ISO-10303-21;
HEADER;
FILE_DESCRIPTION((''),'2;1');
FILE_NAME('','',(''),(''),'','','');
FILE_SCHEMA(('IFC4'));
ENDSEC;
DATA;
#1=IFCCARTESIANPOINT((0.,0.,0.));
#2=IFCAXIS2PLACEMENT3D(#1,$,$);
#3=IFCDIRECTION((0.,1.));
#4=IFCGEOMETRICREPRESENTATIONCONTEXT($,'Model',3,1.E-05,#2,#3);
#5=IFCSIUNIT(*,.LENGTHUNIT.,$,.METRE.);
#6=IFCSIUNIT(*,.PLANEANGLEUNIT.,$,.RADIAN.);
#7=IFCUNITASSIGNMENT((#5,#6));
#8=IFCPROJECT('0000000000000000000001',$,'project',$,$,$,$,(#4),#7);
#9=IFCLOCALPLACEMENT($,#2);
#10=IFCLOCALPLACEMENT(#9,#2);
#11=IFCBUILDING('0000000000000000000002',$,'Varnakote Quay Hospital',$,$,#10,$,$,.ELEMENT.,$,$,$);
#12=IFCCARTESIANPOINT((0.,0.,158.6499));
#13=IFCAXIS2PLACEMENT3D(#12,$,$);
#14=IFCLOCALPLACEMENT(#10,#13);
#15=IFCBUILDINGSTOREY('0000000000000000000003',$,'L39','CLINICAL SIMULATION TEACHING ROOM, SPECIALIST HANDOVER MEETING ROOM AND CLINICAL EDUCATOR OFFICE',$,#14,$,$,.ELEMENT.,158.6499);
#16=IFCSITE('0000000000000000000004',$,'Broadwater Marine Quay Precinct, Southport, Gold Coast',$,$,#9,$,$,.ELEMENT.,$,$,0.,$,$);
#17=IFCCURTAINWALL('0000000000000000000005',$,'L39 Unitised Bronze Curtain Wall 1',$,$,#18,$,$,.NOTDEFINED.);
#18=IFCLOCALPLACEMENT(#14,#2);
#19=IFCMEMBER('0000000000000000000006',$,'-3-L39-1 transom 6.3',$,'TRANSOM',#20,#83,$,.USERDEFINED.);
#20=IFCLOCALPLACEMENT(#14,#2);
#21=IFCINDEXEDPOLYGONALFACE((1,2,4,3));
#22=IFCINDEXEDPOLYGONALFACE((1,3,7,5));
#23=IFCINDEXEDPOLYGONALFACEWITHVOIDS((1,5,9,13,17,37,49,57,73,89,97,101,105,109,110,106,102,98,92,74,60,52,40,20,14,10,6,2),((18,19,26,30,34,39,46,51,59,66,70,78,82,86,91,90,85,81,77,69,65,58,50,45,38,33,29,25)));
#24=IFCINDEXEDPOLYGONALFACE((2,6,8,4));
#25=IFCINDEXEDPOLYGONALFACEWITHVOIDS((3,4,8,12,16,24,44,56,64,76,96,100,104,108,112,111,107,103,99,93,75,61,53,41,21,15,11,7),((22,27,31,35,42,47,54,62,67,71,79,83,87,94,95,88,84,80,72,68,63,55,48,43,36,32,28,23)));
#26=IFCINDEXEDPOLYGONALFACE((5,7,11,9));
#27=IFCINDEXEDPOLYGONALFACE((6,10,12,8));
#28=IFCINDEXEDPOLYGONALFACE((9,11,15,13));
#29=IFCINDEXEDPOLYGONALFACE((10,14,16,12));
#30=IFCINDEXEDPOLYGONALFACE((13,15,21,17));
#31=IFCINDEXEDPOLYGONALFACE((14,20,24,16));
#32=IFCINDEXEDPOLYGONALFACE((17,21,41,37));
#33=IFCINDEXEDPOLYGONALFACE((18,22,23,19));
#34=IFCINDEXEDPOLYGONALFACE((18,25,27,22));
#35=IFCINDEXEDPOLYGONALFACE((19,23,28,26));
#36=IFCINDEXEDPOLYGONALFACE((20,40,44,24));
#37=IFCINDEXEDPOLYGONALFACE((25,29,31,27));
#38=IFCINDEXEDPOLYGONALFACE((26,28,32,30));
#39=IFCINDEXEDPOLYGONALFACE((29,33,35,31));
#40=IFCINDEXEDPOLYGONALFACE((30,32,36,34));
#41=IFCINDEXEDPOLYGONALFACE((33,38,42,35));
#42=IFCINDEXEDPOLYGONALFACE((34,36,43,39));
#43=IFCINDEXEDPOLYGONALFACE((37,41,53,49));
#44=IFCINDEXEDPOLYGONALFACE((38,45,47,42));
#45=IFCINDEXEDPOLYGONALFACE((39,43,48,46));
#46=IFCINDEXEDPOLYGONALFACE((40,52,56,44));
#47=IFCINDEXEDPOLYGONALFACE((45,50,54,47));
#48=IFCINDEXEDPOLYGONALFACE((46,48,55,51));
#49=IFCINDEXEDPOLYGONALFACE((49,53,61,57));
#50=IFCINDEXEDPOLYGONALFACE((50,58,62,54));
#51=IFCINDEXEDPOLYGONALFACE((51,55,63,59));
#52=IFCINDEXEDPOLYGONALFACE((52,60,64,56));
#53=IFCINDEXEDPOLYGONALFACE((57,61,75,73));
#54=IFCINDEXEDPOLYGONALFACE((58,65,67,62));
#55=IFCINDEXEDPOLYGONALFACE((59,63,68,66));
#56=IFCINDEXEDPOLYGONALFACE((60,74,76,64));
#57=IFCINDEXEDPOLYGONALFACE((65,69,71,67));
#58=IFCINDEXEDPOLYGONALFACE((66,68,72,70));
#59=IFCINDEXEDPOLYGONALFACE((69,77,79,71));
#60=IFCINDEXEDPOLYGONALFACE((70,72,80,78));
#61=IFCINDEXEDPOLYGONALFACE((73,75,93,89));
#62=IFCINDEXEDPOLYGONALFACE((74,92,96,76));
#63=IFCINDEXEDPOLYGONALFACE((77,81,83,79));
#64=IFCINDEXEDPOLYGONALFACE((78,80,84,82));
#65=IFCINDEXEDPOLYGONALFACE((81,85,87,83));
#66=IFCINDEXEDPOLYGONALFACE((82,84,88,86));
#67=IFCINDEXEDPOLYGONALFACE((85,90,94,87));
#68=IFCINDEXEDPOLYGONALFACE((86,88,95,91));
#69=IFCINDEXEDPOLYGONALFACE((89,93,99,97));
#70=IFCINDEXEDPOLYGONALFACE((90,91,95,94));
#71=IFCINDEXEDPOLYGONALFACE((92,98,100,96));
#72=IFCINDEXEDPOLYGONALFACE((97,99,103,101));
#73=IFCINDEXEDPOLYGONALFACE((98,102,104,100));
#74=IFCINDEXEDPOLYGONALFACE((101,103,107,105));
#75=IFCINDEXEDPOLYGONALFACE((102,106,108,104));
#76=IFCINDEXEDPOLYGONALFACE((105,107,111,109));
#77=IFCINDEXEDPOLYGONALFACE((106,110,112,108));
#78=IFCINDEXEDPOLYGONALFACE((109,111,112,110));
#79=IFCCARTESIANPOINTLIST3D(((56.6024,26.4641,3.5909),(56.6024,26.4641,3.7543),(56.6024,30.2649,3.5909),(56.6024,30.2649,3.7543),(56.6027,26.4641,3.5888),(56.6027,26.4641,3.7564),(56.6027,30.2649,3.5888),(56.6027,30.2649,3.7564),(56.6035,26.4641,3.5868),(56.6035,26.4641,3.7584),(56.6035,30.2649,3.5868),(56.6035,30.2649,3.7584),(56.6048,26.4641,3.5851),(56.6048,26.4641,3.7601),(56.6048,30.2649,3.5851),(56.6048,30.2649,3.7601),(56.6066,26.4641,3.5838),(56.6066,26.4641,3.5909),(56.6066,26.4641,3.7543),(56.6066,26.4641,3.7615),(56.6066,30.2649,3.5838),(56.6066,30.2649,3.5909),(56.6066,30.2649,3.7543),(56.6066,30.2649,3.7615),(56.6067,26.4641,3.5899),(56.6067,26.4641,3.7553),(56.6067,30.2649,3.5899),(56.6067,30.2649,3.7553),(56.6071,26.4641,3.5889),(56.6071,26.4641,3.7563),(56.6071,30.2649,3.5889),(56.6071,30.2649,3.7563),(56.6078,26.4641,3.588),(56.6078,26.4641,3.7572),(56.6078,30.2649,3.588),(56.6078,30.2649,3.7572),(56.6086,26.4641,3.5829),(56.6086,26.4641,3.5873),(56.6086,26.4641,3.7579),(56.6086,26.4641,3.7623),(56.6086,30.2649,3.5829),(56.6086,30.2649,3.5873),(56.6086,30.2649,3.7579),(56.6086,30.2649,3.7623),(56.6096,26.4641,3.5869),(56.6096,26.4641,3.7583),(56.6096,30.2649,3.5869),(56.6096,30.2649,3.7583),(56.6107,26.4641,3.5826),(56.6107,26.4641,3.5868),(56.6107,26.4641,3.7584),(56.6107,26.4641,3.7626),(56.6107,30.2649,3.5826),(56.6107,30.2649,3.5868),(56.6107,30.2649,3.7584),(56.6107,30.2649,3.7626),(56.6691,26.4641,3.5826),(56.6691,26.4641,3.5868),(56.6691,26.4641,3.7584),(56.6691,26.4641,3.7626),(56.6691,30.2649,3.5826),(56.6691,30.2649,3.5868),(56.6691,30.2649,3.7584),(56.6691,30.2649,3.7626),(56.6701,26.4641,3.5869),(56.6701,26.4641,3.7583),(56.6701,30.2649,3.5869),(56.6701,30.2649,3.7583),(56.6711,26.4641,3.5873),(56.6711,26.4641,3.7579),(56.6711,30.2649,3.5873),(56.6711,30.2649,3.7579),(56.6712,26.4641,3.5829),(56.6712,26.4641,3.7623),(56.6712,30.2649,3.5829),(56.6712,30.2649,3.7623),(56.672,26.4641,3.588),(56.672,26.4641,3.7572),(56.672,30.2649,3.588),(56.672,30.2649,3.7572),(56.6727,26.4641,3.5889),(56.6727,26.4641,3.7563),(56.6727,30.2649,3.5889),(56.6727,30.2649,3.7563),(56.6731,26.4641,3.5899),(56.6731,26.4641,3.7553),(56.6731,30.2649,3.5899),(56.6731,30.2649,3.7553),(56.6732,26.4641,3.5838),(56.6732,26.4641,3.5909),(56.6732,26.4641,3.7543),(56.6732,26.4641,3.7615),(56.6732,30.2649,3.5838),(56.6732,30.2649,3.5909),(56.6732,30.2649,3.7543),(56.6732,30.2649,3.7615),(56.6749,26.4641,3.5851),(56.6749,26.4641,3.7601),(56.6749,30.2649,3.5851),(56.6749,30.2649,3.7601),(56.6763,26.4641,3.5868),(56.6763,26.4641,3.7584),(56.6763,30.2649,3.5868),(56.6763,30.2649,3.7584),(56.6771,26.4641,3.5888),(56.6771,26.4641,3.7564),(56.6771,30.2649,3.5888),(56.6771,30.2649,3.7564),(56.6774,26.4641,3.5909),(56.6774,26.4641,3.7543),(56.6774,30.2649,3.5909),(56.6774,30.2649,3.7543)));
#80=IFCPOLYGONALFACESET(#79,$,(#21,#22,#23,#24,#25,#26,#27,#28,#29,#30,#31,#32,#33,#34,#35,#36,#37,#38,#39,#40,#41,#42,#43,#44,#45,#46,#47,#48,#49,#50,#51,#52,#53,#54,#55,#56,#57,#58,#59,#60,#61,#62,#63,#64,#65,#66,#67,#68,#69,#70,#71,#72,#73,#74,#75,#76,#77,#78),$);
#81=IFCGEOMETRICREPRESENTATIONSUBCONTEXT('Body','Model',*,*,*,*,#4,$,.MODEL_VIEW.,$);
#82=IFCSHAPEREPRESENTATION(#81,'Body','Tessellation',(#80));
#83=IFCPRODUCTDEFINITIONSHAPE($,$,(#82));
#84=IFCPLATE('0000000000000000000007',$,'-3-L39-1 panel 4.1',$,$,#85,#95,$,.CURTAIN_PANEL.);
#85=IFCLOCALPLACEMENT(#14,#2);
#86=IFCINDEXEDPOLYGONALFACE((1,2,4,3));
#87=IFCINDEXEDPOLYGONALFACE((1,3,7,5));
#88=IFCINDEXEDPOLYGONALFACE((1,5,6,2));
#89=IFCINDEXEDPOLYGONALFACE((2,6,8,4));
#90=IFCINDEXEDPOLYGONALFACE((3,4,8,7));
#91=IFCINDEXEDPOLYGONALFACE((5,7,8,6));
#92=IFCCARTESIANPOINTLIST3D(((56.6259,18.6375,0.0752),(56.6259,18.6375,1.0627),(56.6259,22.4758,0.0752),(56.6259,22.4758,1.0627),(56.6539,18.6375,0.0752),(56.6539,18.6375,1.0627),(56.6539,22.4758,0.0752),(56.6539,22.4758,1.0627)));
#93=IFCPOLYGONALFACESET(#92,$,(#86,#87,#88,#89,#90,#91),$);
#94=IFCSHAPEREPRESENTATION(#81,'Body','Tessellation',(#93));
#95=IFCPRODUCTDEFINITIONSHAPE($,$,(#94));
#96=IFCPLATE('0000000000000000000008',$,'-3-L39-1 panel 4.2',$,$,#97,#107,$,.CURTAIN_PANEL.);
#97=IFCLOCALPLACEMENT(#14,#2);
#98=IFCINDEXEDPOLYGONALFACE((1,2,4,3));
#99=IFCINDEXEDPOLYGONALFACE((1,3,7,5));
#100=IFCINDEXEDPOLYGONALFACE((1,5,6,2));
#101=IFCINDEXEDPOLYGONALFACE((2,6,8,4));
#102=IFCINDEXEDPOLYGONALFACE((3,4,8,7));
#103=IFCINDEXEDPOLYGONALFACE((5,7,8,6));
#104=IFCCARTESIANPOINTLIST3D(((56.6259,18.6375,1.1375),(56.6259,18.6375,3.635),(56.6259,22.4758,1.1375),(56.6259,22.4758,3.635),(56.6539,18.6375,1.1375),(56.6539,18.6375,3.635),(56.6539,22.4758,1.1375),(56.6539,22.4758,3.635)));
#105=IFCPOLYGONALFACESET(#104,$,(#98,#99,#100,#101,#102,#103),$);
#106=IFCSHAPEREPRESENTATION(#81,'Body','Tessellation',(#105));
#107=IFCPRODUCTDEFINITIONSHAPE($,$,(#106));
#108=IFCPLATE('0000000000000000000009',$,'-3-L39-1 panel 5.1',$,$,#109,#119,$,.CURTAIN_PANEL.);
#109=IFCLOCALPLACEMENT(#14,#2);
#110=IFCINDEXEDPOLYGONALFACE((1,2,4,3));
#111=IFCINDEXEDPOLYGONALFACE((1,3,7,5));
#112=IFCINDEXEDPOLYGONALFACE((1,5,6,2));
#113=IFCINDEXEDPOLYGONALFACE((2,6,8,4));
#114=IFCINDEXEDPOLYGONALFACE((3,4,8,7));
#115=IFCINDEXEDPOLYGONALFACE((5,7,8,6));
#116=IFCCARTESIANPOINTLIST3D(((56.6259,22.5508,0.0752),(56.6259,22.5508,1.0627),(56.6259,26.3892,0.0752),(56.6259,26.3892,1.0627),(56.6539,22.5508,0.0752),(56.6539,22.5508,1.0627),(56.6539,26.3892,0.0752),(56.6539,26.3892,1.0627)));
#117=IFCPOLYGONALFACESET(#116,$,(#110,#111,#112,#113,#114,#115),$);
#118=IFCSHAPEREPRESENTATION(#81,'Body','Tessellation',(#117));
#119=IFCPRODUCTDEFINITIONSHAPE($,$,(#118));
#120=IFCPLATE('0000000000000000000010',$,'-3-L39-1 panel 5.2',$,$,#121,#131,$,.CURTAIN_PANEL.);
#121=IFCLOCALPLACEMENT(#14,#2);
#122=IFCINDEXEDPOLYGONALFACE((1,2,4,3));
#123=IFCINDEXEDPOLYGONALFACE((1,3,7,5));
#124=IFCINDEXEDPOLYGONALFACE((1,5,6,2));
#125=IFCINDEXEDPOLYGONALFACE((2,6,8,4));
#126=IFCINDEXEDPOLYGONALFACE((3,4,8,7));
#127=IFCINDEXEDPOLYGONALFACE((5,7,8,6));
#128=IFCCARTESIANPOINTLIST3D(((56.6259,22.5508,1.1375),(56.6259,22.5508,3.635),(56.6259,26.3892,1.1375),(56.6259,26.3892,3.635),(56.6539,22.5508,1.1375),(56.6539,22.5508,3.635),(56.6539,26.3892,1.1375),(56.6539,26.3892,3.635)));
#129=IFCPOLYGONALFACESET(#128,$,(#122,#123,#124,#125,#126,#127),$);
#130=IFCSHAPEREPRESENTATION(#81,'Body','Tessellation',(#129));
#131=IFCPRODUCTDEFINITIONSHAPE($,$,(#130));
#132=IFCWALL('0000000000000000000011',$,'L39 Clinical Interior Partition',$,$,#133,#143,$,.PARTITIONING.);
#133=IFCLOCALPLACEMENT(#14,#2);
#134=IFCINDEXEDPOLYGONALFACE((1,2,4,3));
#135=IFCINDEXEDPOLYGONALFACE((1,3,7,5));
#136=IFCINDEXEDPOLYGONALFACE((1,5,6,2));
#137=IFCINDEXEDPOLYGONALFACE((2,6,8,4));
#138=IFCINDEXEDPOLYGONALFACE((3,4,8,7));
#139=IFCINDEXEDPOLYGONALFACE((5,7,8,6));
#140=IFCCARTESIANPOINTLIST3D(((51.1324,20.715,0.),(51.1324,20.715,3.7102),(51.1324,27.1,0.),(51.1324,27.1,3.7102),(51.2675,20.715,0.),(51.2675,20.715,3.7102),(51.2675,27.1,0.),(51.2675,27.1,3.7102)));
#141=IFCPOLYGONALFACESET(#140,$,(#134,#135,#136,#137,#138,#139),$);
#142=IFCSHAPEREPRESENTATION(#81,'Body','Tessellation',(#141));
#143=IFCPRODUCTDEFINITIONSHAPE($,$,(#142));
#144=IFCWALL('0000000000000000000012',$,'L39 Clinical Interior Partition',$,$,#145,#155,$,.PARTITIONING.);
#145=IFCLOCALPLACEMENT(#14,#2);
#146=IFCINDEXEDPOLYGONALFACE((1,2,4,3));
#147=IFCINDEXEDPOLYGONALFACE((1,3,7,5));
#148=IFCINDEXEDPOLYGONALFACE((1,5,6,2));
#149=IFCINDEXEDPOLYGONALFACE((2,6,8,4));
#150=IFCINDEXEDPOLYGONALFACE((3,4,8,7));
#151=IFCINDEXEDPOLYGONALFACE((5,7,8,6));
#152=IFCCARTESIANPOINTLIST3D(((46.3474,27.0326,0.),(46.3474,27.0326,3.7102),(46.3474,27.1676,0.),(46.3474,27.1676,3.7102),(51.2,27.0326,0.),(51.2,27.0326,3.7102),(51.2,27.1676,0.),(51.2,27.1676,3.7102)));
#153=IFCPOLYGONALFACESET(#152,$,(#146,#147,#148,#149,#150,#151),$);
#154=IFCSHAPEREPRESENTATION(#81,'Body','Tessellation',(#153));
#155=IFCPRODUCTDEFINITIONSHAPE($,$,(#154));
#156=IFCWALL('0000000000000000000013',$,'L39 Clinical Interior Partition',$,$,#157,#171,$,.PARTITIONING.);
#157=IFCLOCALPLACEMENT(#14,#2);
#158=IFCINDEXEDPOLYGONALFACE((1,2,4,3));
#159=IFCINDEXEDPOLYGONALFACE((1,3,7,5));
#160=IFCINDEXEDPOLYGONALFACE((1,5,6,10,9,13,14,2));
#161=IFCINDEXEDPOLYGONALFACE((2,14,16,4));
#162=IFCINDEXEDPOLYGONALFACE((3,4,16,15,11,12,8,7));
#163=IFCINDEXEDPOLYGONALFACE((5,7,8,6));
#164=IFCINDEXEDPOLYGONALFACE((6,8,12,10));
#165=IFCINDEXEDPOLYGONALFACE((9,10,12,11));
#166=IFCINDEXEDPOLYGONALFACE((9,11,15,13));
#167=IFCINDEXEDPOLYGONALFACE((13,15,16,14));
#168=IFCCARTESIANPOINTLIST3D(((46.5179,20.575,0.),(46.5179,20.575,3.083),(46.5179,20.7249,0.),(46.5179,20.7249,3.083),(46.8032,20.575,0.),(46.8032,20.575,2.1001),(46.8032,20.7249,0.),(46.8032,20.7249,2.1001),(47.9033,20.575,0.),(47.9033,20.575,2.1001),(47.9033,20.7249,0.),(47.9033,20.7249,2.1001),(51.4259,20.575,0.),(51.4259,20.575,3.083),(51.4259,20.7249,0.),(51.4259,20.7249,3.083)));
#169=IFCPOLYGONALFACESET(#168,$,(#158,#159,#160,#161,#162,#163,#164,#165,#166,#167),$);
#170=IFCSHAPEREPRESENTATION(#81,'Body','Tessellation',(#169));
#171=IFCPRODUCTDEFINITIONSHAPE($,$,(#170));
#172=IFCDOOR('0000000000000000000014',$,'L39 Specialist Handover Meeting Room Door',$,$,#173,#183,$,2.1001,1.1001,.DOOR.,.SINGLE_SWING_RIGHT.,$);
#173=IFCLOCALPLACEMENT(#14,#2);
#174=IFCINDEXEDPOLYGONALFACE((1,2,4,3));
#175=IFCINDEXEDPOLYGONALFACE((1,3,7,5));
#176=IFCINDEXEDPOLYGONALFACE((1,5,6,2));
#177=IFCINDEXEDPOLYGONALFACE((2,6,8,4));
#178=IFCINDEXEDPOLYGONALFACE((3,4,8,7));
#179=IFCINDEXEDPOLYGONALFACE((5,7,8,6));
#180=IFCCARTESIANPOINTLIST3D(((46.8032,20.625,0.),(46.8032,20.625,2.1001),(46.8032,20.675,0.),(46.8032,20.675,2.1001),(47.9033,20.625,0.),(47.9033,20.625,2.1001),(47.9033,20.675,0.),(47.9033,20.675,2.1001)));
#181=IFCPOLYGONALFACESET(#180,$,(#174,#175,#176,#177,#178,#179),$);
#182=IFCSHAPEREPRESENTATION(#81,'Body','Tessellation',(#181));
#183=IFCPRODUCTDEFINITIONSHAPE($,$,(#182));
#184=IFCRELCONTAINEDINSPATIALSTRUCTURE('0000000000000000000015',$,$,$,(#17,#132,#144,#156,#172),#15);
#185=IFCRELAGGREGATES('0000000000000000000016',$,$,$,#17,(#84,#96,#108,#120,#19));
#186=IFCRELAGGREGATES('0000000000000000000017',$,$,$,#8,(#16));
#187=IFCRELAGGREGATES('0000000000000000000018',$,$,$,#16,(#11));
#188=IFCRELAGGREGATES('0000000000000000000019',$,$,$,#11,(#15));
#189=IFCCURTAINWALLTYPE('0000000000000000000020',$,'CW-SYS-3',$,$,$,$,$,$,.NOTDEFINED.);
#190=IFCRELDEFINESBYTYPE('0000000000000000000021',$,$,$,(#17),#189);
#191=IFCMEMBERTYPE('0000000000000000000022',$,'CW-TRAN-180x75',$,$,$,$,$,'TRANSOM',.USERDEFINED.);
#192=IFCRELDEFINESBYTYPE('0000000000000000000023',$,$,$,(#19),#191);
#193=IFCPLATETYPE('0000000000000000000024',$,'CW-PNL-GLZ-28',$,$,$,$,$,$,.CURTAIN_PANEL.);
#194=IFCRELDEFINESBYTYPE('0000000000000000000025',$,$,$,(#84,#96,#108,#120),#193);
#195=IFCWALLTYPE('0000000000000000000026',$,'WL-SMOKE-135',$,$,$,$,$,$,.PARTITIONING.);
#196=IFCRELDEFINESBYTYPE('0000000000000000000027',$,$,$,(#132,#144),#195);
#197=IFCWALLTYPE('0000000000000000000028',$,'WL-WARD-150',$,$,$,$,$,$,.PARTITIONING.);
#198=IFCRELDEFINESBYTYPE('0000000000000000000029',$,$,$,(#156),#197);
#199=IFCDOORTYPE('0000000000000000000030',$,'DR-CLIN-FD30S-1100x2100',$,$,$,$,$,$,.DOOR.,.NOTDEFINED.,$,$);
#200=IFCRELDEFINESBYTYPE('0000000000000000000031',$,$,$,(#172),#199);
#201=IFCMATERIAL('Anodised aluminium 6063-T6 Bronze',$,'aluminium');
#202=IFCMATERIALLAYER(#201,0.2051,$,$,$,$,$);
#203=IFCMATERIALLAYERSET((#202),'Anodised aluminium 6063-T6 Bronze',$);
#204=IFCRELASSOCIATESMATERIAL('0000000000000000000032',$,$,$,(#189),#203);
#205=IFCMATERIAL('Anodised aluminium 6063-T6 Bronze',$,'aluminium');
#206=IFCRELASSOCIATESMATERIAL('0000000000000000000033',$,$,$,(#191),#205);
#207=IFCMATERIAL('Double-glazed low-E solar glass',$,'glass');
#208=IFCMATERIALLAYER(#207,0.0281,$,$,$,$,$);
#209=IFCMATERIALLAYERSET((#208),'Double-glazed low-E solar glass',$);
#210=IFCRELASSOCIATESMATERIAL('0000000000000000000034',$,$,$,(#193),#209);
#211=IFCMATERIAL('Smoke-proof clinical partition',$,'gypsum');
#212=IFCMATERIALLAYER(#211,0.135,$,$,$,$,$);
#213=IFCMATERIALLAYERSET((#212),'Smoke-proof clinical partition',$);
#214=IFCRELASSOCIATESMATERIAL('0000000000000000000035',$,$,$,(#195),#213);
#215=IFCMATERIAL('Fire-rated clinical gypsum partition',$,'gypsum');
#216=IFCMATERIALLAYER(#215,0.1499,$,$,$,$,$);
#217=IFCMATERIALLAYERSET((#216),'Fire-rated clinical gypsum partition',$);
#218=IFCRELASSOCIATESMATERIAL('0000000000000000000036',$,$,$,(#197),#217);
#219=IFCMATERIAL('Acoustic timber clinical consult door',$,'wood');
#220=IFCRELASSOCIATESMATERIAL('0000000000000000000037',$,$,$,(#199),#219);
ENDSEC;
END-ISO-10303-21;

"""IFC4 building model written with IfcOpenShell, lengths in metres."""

from ifc_helpers import new_model, si_unit, direction, frame, frame_2d, origin, origin_2d, place, context, subcontext, project, spatial, rectangle, hollow_rectangle, extrude, material, layer, layer_set, material_profile, profile_set, type_object, element, fill, aggregate, save


model = new_model("IFC4")

# Units and contexts
model_context = context("Model", 3, precision=1e-05, world=origin(), true_north=direction((0.0, 1.0)))
body_context = subcontext(model_context, "Body", "Model", "MODEL_VIEW")
ifc_project = project(units=[si_unit("LENGTHUNIT", "METRE"), si_unit("PLANEANGLEUNIT", "RADIAN")], contexts=[model_context])

# Site, building, storey
site_placement = place(None, origin())
site = spatial("IfcSite", under=ifc_project, at=site_placement, Name="Broadwater Marine Quay Precinct, Southport, Gold Coast", CompositionType="ELEMENT", RefElevation=0.0)
building_placement = place(site_placement, origin())
building = spatial("IfcBuilding", under=site, at=building_placement, Name="Varnakote Quay Hospital", CompositionType="ELEMENT")
storey_placement = place(building_placement, frame((0.0, 0.0, 158.6499)))
storey = spatial("IfcBuildingStorey", under=building, at=storey_placement, Name="L39", Description="CLINICAL SIMULATION TEACHING ROOM, SPECIALIST HANDOVER MEETING ROOM AND CLINICAL EDUCATOR OFFICE", CompositionType="ELEMENT", Elevation=158.6499)

# Curtain wall, member, plates
ifc_material_1 = material(Name="Anodised aluminium 6063-T6 Bronze", Category="aluminium")
ifc_layer_1 = layer(ifc_material_1, 0.2051)
ifc_layer_set_1 = layer_set([ifc_layer_1], Name="Anodised aluminium 6063-T6 Bronze")
curtain_wall_type = type_object("IfcCurtainWallType", Name="CW-SYS-3", PredefinedType="NOTDEFINED", material=ifc_layer_set_1)
curtain_wall_placement = place(storey_placement, origin())
curtain_wall = element("IfcCurtainWall", 1, at=curtain_wall_placement, inside=storey, type_object=curtain_wall_type, Name="L39 Unitised Bronze Curtain Wall 1", PredefinedType="NOTDEFINED")
ifc_material_2 = material(Name="Anodised aluminium 6063-T6 Bronze", Category="aluminium")
ifc_material_profile_1 = material_profile(ifc_material_2, hollow_rectangle(XDim=0.075, YDim=0.1799, WallThickness=0.0042, InnerFilletRadius=0.0042, OuterFilletRadius=0.0083, at=origin_2d()), Name="CW-TRAN-180x75")
ifc_profile_set_1 = profile_set([ifc_material_profile_1], Name="Anodised aluminium 6063-T6 Bronze")
member_type_1 = type_object("IfcMemberType", Name="CW-TRAN-180x75", ElementType="TRANSOM", PredefinedType="USERDEFINED", material=ifc_profile_set_1)
member_1_placement = place(storey_placement, frame((56.6399, 26.4641, 3.6726), z_axis=(0.0, 1.0, 0.0), x_axis=(-1.0, 0.0, 0.0)))
member_1 = element("IfcMember", 2, at=member_1_placement, type_object=member_type_1, Name="-3-L39-1 transom 6.3", ObjectType="TRANSOM", PredefinedType="USERDEFINED", context=body_context, shape_type="SweptSolid", body=[
    extrude(hollow_rectangle(XDim=0.075, YDim=0.1799, WallThickness=0.0042, InnerFilletRadius=0.0042, OuterFilletRadius=0.0083, at=origin_2d()), origin(), (0.0, 0.0, 1.0), 3.8008),
])
ifc_material_3 = material(Name="Double-glazed low-E solar glass", Category="glass")
ifc_layer_2 = layer(ifc_material_3, 0.0281)
ifc_layer_set_2 = layer_set([ifc_layer_2], Name="Double-glazed low-E solar glass")
plate_type = type_object("IfcPlateType", Name="CW-PNL-GLZ-28", PredefinedType="CURTAIN_PANEL", material=ifc_layer_set_2)
plate_1_placement = place(storey_placement, frame((56.6399, 20.5566, 0.0752), z_axis=(0.0, 0.0, 1.0), x_axis=(0.0, 1.0, 0.0)))
plate_1 = element("IfcPlate", 3, at=plate_1_placement, type_object=plate_type, Name="-3-L39-1 panel 4.1", PredefinedType="CURTAIN_PANEL", context=body_context, shape_type="SweptSolid", body=[
    extrude(rectangle(XDim=3.8384, YDim=0.0281, at=origin_2d()), origin(), (0.0, 0.0, 1.0), 0.9875),
])
plate_2_placement = place(storey_placement, frame((56.6399, 20.5566, 1.1375), z_axis=(0.0, 0.0, 1.0), x_axis=(0.0, 1.0, 0.0)))
plate_2 = element("IfcPlate", 4, at=plate_2_placement, type_object=plate_type, Name="-3-L39-1 panel 4.2", PredefinedType="CURTAIN_PANEL", context=body_context, shape_type="SweptSolid", body=[
    extrude(rectangle(XDim=3.8384, YDim=0.0281, at=origin_2d()), origin(), (0.0, 0.0, 1.0), 2.4976),
])
plate_3_placement = place(storey_placement, frame((56.6399, 24.47, 0.0752), z_axis=(0.0, 0.0, 1.0), x_axis=(0.0, 1.0, 0.0)))
plate_3 = element("IfcPlate", 5, at=plate_3_placement, type_object=plate_type, Name="-3-L39-1 panel 5.1", PredefinedType="CURTAIN_PANEL", context=body_context, shape_type="SweptSolid", body=[
    extrude(rectangle(XDim=3.8384, YDim=0.0281, at=origin_2d()), origin(), (0.0, 0.0, 1.0), 0.9875),
])
plate_4_placement = place(storey_placement, frame((56.6399, 24.47, 1.1375), z_axis=(0.0, 0.0, 1.0), x_axis=(0.0, 1.0, 0.0)))
plate_4 = element("IfcPlate", 6, at=plate_4_placement, type_object=plate_type, Name="-3-L39-1 panel 5.2", PredefinedType="CURTAIN_PANEL", context=body_context, shape_type="SweptSolid", body=[
    extrude(rectangle(XDim=3.8384, YDim=0.0281, at=origin_2d()), origin(), (0.0, 0.0, 1.0), 2.4976),
])
aggregate(curtain_wall, [plate_1, plate_2, plate_3, plate_4, member_1])

# Walls
ifc_material_4 = material(Name="Smoke-proof clinical partition", Category="gypsum")
ifc_layer_3 = layer(ifc_material_4, 0.135)
ifc_layer_set_3 = layer_set([ifc_layer_3], Name="Smoke-proof clinical partition")
wall_type_1 = type_object("IfcWallType", Name="WL-SMOKE-135", PredefinedType="PARTITIONING", material=ifc_layer_set_3)
wall_1_placement = place(storey_placement, frame((51.2, 20.7151, 0.0), z_axis=(0.0, 0.0, 1.0), x_axis=(0.0, 1.0, 0.0)))
element("IfcWall", 7, at=wall_1_placement, inside=storey, type_object=wall_type_1, Name="L39 Clinical Interior Partition", PredefinedType="PARTITIONING", context=body_context, shape_type="SweptSolid", body=[
    extrude(rectangle(XDim=6.385, YDim=0.135, at=frame_2d((3.1924, 0.0))), origin(), (0.0, 0.0, 1.0), 3.7102),
])
wall_2_placement = place(storey_placement, frame((51.2, 27.1001, 0.0), z_axis=(0.0, 0.0, 1.0), x_axis=(-1.0, 0.0, 0.0)))
element("IfcWall", 8, at=wall_2_placement, inside=storey, type_object=wall_type_1, Name="L39 Clinical Interior Partition", PredefinedType="PARTITIONING", context=body_context, shape_type="SweptSolid", body=[
    extrude(rectangle(XDim=4.8525, YDim=0.135, at=frame_2d((2.4263, 0.0))), origin(), (0.0, 0.0, 1.0), 3.7102),
])

# Wall, opening, door
ifc_material_5 = material(Name="Fire-rated clinical gypsum partition", Category="gypsum")
ifc_layer_4 = layer(ifc_material_5, 0.1499)
ifc_layer_set_4 = layer_set([ifc_layer_4], Name="Fire-rated clinical gypsum partition")
wall_type_2 = type_object("IfcWallType", Name="WL-WARD-150", PredefinedType="PARTITIONING", material=ifc_layer_set_4)
wall_3_placement = place(storey_placement, frame((51.426, 20.6499, 0.0), z_axis=(0.0, 0.0, 1.0), x_axis=(-1.0, 0.0, 0.0)))
wall_3 = element("IfcWall", 9, at=wall_3_placement, inside=storey, type_object=wall_type_2, Name="L39 Clinical Interior Partition", PredefinedType="PARTITIONING", context=body_context, shape_type="SweptSolid", body=[
    extrude(rectangle(XDim=4.908, YDim=0.1499, at=frame_2d((2.4541, 0.0))), origin(), (0.0, 0.0, 1.0), 3.083),
])
opening_1_placement = place(wall_3_placement, frame((3.5227, 0.0, 0.0)))
opening_1 = element("IfcOpeningElement", 10, at=opening_1_placement, cuts=wall_3, PredefinedType="OPENING", context=body_context, shape_type="SweptSolid", body=[
    extrude(rectangle(XDim=1.1001, YDim=2.1001, at=frame_2d((0.55, 1.05))), frame((0.0, 0.085, 0.0), z_axis=(0.0, -1.0, 0.0), x_axis=(1.0, 0.0, 0.0)), (0.0, 0.0, 1.0), 0.1699),
])
ifc_material_6 = material(Name="Acoustic timber clinical consult door", Category="wood")
door_type = type_object("IfcDoorType", Name="DR-CLIN-FD30S-1100x2100", OperationType="NOTDEFINED", PredefinedType="DOOR", material=ifc_material_6)
door_1_placement = place(opening_1_placement, origin())
door_1 = element("IfcDoor", 11, at=door_1_placement, inside=storey, type_object=door_type, Name="L39 Specialist Handover Meeting Room Door", OperationType="SINGLE_SWING_RIGHT", OverallHeight=2.1001, OverallWidth=1.1001, PredefinedType="DOOR", context=body_context, shape_type="SweptSolid", body=[
    extrude(rectangle(XDim=1.1001, YDim=2.1001, at=frame_2d((0.55, 1.05))), frame((0.0, 0.0249, 0.0), z_axis=(0.0, -1.0, 0.0), x_axis=(1.0, 0.0, 0.0)), (0.0, 0.0, 1.0), 0.05),
])
fill(opening_1, door_1)

save(model, "model.ifc")
